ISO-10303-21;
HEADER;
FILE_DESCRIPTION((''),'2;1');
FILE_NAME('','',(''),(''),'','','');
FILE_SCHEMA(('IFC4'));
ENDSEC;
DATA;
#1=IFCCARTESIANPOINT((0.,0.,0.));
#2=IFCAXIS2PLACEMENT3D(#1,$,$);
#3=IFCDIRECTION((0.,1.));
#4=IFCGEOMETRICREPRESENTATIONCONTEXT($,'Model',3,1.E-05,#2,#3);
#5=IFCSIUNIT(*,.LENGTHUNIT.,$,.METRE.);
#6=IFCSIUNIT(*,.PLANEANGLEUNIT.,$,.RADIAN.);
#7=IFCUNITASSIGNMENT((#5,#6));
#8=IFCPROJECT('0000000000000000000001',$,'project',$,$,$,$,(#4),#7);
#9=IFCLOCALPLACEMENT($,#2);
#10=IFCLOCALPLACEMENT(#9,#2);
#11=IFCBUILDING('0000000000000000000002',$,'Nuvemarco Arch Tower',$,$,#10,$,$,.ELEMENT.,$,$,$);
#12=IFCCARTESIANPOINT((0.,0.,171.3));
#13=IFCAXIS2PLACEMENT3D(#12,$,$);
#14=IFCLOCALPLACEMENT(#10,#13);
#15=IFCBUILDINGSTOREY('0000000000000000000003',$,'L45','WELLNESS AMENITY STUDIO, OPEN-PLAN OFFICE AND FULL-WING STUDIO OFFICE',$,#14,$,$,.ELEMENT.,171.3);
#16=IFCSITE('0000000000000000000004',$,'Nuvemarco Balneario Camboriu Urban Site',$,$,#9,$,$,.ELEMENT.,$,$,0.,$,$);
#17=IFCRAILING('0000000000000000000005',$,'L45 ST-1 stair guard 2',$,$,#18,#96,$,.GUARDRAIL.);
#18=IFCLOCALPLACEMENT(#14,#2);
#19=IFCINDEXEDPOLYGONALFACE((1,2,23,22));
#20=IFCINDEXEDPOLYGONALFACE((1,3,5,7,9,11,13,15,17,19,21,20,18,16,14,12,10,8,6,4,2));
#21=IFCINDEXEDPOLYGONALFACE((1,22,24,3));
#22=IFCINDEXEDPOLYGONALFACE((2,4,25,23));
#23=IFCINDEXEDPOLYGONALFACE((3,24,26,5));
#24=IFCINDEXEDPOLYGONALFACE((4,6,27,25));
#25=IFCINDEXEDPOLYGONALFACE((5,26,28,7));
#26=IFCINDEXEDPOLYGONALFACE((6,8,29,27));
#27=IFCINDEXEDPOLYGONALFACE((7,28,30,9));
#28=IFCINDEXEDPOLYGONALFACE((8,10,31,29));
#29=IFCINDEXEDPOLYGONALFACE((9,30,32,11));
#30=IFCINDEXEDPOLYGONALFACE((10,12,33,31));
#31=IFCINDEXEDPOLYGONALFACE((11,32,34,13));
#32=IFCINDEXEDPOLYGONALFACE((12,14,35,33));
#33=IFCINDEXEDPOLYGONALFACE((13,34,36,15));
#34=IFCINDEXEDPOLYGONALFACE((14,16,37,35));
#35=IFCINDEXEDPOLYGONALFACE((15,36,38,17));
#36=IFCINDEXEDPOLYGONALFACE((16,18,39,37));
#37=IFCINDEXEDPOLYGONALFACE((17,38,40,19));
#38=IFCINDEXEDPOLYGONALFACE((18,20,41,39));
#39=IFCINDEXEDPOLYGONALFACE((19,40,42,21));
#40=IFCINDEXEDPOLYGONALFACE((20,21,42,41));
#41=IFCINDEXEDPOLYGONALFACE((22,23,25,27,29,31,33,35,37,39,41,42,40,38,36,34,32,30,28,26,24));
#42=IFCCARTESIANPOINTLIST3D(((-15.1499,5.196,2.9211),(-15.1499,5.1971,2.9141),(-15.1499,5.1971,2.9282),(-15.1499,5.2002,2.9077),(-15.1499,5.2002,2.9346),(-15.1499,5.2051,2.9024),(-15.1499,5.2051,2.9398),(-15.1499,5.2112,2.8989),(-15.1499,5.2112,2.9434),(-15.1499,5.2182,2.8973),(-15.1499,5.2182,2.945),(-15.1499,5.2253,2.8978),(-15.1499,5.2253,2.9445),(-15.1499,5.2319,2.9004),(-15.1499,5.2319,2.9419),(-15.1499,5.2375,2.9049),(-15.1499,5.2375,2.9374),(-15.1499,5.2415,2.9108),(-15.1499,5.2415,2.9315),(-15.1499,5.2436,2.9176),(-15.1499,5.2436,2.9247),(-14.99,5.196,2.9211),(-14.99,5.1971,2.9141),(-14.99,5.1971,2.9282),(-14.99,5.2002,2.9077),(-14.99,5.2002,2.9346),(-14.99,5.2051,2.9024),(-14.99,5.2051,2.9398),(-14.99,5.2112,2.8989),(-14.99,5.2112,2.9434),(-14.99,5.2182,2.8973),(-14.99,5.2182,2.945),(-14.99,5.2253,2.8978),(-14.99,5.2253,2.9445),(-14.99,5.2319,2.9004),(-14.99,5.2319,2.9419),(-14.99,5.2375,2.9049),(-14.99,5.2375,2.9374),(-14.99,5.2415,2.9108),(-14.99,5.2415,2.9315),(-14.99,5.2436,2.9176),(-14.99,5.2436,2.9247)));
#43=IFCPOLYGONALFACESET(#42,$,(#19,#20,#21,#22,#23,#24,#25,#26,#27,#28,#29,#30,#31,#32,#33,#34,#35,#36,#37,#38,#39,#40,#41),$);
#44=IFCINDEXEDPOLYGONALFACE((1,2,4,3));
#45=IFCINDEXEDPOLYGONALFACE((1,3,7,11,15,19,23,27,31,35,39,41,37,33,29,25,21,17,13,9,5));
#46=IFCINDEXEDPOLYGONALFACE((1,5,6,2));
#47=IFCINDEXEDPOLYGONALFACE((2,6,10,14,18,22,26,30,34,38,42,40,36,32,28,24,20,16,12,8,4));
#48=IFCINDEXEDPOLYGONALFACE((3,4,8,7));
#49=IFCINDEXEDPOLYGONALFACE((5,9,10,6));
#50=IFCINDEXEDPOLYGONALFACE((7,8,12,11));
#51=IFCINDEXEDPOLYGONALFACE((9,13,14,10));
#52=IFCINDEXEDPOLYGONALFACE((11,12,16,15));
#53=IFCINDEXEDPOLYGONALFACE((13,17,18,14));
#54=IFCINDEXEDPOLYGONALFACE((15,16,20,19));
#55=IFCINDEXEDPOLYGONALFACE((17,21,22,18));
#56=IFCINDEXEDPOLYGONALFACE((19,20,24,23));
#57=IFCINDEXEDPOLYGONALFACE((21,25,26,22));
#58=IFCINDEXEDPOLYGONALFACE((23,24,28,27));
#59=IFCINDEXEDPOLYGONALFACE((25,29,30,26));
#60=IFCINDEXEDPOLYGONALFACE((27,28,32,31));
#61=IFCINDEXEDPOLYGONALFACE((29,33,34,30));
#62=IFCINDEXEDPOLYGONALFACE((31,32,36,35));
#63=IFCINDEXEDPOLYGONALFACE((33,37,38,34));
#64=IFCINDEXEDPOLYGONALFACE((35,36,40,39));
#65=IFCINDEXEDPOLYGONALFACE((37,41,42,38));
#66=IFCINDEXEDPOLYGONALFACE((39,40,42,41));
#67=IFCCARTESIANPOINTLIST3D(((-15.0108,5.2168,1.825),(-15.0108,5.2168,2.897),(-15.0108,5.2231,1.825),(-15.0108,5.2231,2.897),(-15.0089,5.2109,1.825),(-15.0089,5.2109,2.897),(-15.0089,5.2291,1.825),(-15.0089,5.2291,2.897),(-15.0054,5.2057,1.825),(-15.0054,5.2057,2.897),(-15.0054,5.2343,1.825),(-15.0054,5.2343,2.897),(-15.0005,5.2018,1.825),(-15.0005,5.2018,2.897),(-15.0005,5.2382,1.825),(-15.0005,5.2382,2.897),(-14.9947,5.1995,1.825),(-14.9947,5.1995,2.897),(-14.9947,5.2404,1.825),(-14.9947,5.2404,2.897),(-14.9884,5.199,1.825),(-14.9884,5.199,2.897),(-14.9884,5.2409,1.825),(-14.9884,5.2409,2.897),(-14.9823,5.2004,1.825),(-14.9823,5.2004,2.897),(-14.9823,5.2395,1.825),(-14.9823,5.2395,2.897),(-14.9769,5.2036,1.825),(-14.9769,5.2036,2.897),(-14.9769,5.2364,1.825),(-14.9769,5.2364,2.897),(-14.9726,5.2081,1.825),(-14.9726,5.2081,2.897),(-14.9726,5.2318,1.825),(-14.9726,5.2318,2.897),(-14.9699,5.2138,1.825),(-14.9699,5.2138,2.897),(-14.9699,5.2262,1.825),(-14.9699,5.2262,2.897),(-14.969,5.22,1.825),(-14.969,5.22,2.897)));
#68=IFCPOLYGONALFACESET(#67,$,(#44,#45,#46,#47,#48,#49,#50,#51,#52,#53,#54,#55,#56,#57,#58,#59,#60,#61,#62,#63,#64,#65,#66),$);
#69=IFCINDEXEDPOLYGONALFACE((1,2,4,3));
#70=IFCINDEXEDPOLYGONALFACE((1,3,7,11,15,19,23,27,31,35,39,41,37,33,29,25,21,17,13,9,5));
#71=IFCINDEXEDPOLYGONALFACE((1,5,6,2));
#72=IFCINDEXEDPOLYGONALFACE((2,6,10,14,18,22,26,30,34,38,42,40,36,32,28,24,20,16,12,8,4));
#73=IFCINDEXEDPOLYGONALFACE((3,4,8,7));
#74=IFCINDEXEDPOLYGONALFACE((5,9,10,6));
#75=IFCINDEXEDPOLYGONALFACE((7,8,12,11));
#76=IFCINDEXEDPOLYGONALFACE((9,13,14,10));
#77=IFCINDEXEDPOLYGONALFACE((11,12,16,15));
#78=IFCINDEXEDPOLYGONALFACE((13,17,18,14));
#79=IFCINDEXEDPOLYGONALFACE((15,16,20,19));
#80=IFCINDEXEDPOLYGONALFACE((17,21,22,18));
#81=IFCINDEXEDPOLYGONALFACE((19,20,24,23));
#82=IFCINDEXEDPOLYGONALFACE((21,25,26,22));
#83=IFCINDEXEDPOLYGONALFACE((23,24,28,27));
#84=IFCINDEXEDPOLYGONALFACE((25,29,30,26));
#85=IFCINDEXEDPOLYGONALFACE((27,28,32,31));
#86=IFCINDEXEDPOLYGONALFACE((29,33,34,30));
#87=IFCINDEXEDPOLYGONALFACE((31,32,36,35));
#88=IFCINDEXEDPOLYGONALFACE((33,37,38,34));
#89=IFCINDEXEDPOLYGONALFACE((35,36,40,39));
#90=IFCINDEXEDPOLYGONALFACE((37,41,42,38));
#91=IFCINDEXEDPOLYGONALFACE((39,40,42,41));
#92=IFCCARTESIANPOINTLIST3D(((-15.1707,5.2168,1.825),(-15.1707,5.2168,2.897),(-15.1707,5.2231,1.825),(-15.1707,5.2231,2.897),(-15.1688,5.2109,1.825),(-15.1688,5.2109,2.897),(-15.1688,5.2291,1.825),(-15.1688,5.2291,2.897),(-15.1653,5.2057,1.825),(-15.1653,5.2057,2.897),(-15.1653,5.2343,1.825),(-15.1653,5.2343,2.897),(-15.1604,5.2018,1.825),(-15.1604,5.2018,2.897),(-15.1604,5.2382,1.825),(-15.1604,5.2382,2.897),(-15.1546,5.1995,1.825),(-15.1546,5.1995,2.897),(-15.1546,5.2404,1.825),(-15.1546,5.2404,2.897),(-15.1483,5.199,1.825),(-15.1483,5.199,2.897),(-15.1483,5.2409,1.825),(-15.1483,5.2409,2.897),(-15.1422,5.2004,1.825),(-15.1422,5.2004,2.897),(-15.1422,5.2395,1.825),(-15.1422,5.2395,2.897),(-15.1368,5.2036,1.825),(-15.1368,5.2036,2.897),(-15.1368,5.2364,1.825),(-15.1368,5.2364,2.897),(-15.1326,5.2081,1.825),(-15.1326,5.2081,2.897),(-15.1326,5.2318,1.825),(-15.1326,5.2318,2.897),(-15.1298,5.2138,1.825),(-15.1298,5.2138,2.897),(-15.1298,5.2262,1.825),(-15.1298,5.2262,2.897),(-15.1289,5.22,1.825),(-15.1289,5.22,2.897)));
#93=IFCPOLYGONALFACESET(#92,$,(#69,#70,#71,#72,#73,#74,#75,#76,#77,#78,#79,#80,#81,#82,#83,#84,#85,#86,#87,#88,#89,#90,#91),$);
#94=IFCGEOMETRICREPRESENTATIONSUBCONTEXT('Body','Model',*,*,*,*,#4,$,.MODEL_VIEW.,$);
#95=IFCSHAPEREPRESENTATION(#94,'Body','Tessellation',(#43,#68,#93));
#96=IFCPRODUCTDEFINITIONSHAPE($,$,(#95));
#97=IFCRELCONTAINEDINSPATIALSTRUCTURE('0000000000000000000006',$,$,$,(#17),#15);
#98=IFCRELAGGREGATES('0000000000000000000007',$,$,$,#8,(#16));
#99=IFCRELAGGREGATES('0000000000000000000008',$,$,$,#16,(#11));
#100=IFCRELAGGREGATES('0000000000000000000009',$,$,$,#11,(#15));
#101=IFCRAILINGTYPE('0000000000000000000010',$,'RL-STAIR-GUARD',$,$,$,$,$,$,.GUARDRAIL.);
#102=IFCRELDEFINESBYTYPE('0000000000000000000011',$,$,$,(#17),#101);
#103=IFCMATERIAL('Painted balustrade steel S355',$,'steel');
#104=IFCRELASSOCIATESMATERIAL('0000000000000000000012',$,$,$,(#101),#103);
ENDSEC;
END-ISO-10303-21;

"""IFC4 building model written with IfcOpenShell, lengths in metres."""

from ifc_helpers import new_model, si_unit, direction, frame, origin, origin_2d, place, context, subcontext, project, spatial, circle, extrude, material, type_object, element, save


model = new_model("IFC4")

# Units and contexts
model_context = context("Model", 3, precision=1e-05, world=origin(), true_north=direction((0.0, 1.0)))
body_context = subcontext(model_context, "Body", "Model", "MODEL_VIEW")
ifc_project = project(units=[si_unit("LENGTHUNIT", "METRE"), si_unit("PLANEANGLEUNIT", "RADIAN")], contexts=[model_context])

# Site, building, storey
site_placement = place(None, origin())
site = spatial("IfcSite", under=ifc_project, at=site_placement, Name="Nuvemarco Balneario Camboriu Urban Site", CompositionType="ELEMENT", RefElevation=0.0)
building_placement = place(site_placement, origin())
building = spatial("IfcBuilding", under=site, at=building_placement, Name="Nuvemarco Arch Tower", CompositionType="ELEMENT")
storey_placement = place(building_placement, frame((0.0, 0.0, 171.3)))
storey = spatial("IfcBuildingStorey", under=building, at=storey_placement, Name="L45", Description="WELLNESS AMENITY STUDIO, OPEN-PLAN OFFICE AND FULL-WING STUDIO OFFICE", CompositionType="ELEMENT", Elevation=171.3)

# Railing
ifc_material_1 = material(Name="Painted balustrade steel S355", Category="steel")
railing_type_1 = type_object("IfcRailingType", Name="RL-STAIR-GUARD", PredefinedType="GUARDRAIL", material=ifc_material_1)
railing_1_placement = place(storey_placement, frame((-14.99, 5.22, 1.825)))
element("IfcRailing", 1, at=railing_1_placement, inside=storey, type_object=railing_type_1, Name="L45 ST-1 stair guard 2", PredefinedType="GUARDRAIL", context=body_context, shape_type="SweptSolid", body=[
    extrude(circle(Radius=0.0239, at=origin_2d()), frame((0.0, 0.0, 1.0962), z_axis=(-1.0, 0.0, 0.0), x_axis=(0.0, -1.0, 0.0)), (0.0, 0.0, 1.0), 0.1599),
    extrude(circle(Radius=0.021, at=origin_2d()), origin(), (0.0, 0.0, 1.0), 1.072),
    extrude(circle(Radius=0.021, at=origin_2d()), frame((-0.1599, 0.0, 0.0)), (0.0, 0.0, 1.0), 1.072),
])

save(model, "model.ifc")
